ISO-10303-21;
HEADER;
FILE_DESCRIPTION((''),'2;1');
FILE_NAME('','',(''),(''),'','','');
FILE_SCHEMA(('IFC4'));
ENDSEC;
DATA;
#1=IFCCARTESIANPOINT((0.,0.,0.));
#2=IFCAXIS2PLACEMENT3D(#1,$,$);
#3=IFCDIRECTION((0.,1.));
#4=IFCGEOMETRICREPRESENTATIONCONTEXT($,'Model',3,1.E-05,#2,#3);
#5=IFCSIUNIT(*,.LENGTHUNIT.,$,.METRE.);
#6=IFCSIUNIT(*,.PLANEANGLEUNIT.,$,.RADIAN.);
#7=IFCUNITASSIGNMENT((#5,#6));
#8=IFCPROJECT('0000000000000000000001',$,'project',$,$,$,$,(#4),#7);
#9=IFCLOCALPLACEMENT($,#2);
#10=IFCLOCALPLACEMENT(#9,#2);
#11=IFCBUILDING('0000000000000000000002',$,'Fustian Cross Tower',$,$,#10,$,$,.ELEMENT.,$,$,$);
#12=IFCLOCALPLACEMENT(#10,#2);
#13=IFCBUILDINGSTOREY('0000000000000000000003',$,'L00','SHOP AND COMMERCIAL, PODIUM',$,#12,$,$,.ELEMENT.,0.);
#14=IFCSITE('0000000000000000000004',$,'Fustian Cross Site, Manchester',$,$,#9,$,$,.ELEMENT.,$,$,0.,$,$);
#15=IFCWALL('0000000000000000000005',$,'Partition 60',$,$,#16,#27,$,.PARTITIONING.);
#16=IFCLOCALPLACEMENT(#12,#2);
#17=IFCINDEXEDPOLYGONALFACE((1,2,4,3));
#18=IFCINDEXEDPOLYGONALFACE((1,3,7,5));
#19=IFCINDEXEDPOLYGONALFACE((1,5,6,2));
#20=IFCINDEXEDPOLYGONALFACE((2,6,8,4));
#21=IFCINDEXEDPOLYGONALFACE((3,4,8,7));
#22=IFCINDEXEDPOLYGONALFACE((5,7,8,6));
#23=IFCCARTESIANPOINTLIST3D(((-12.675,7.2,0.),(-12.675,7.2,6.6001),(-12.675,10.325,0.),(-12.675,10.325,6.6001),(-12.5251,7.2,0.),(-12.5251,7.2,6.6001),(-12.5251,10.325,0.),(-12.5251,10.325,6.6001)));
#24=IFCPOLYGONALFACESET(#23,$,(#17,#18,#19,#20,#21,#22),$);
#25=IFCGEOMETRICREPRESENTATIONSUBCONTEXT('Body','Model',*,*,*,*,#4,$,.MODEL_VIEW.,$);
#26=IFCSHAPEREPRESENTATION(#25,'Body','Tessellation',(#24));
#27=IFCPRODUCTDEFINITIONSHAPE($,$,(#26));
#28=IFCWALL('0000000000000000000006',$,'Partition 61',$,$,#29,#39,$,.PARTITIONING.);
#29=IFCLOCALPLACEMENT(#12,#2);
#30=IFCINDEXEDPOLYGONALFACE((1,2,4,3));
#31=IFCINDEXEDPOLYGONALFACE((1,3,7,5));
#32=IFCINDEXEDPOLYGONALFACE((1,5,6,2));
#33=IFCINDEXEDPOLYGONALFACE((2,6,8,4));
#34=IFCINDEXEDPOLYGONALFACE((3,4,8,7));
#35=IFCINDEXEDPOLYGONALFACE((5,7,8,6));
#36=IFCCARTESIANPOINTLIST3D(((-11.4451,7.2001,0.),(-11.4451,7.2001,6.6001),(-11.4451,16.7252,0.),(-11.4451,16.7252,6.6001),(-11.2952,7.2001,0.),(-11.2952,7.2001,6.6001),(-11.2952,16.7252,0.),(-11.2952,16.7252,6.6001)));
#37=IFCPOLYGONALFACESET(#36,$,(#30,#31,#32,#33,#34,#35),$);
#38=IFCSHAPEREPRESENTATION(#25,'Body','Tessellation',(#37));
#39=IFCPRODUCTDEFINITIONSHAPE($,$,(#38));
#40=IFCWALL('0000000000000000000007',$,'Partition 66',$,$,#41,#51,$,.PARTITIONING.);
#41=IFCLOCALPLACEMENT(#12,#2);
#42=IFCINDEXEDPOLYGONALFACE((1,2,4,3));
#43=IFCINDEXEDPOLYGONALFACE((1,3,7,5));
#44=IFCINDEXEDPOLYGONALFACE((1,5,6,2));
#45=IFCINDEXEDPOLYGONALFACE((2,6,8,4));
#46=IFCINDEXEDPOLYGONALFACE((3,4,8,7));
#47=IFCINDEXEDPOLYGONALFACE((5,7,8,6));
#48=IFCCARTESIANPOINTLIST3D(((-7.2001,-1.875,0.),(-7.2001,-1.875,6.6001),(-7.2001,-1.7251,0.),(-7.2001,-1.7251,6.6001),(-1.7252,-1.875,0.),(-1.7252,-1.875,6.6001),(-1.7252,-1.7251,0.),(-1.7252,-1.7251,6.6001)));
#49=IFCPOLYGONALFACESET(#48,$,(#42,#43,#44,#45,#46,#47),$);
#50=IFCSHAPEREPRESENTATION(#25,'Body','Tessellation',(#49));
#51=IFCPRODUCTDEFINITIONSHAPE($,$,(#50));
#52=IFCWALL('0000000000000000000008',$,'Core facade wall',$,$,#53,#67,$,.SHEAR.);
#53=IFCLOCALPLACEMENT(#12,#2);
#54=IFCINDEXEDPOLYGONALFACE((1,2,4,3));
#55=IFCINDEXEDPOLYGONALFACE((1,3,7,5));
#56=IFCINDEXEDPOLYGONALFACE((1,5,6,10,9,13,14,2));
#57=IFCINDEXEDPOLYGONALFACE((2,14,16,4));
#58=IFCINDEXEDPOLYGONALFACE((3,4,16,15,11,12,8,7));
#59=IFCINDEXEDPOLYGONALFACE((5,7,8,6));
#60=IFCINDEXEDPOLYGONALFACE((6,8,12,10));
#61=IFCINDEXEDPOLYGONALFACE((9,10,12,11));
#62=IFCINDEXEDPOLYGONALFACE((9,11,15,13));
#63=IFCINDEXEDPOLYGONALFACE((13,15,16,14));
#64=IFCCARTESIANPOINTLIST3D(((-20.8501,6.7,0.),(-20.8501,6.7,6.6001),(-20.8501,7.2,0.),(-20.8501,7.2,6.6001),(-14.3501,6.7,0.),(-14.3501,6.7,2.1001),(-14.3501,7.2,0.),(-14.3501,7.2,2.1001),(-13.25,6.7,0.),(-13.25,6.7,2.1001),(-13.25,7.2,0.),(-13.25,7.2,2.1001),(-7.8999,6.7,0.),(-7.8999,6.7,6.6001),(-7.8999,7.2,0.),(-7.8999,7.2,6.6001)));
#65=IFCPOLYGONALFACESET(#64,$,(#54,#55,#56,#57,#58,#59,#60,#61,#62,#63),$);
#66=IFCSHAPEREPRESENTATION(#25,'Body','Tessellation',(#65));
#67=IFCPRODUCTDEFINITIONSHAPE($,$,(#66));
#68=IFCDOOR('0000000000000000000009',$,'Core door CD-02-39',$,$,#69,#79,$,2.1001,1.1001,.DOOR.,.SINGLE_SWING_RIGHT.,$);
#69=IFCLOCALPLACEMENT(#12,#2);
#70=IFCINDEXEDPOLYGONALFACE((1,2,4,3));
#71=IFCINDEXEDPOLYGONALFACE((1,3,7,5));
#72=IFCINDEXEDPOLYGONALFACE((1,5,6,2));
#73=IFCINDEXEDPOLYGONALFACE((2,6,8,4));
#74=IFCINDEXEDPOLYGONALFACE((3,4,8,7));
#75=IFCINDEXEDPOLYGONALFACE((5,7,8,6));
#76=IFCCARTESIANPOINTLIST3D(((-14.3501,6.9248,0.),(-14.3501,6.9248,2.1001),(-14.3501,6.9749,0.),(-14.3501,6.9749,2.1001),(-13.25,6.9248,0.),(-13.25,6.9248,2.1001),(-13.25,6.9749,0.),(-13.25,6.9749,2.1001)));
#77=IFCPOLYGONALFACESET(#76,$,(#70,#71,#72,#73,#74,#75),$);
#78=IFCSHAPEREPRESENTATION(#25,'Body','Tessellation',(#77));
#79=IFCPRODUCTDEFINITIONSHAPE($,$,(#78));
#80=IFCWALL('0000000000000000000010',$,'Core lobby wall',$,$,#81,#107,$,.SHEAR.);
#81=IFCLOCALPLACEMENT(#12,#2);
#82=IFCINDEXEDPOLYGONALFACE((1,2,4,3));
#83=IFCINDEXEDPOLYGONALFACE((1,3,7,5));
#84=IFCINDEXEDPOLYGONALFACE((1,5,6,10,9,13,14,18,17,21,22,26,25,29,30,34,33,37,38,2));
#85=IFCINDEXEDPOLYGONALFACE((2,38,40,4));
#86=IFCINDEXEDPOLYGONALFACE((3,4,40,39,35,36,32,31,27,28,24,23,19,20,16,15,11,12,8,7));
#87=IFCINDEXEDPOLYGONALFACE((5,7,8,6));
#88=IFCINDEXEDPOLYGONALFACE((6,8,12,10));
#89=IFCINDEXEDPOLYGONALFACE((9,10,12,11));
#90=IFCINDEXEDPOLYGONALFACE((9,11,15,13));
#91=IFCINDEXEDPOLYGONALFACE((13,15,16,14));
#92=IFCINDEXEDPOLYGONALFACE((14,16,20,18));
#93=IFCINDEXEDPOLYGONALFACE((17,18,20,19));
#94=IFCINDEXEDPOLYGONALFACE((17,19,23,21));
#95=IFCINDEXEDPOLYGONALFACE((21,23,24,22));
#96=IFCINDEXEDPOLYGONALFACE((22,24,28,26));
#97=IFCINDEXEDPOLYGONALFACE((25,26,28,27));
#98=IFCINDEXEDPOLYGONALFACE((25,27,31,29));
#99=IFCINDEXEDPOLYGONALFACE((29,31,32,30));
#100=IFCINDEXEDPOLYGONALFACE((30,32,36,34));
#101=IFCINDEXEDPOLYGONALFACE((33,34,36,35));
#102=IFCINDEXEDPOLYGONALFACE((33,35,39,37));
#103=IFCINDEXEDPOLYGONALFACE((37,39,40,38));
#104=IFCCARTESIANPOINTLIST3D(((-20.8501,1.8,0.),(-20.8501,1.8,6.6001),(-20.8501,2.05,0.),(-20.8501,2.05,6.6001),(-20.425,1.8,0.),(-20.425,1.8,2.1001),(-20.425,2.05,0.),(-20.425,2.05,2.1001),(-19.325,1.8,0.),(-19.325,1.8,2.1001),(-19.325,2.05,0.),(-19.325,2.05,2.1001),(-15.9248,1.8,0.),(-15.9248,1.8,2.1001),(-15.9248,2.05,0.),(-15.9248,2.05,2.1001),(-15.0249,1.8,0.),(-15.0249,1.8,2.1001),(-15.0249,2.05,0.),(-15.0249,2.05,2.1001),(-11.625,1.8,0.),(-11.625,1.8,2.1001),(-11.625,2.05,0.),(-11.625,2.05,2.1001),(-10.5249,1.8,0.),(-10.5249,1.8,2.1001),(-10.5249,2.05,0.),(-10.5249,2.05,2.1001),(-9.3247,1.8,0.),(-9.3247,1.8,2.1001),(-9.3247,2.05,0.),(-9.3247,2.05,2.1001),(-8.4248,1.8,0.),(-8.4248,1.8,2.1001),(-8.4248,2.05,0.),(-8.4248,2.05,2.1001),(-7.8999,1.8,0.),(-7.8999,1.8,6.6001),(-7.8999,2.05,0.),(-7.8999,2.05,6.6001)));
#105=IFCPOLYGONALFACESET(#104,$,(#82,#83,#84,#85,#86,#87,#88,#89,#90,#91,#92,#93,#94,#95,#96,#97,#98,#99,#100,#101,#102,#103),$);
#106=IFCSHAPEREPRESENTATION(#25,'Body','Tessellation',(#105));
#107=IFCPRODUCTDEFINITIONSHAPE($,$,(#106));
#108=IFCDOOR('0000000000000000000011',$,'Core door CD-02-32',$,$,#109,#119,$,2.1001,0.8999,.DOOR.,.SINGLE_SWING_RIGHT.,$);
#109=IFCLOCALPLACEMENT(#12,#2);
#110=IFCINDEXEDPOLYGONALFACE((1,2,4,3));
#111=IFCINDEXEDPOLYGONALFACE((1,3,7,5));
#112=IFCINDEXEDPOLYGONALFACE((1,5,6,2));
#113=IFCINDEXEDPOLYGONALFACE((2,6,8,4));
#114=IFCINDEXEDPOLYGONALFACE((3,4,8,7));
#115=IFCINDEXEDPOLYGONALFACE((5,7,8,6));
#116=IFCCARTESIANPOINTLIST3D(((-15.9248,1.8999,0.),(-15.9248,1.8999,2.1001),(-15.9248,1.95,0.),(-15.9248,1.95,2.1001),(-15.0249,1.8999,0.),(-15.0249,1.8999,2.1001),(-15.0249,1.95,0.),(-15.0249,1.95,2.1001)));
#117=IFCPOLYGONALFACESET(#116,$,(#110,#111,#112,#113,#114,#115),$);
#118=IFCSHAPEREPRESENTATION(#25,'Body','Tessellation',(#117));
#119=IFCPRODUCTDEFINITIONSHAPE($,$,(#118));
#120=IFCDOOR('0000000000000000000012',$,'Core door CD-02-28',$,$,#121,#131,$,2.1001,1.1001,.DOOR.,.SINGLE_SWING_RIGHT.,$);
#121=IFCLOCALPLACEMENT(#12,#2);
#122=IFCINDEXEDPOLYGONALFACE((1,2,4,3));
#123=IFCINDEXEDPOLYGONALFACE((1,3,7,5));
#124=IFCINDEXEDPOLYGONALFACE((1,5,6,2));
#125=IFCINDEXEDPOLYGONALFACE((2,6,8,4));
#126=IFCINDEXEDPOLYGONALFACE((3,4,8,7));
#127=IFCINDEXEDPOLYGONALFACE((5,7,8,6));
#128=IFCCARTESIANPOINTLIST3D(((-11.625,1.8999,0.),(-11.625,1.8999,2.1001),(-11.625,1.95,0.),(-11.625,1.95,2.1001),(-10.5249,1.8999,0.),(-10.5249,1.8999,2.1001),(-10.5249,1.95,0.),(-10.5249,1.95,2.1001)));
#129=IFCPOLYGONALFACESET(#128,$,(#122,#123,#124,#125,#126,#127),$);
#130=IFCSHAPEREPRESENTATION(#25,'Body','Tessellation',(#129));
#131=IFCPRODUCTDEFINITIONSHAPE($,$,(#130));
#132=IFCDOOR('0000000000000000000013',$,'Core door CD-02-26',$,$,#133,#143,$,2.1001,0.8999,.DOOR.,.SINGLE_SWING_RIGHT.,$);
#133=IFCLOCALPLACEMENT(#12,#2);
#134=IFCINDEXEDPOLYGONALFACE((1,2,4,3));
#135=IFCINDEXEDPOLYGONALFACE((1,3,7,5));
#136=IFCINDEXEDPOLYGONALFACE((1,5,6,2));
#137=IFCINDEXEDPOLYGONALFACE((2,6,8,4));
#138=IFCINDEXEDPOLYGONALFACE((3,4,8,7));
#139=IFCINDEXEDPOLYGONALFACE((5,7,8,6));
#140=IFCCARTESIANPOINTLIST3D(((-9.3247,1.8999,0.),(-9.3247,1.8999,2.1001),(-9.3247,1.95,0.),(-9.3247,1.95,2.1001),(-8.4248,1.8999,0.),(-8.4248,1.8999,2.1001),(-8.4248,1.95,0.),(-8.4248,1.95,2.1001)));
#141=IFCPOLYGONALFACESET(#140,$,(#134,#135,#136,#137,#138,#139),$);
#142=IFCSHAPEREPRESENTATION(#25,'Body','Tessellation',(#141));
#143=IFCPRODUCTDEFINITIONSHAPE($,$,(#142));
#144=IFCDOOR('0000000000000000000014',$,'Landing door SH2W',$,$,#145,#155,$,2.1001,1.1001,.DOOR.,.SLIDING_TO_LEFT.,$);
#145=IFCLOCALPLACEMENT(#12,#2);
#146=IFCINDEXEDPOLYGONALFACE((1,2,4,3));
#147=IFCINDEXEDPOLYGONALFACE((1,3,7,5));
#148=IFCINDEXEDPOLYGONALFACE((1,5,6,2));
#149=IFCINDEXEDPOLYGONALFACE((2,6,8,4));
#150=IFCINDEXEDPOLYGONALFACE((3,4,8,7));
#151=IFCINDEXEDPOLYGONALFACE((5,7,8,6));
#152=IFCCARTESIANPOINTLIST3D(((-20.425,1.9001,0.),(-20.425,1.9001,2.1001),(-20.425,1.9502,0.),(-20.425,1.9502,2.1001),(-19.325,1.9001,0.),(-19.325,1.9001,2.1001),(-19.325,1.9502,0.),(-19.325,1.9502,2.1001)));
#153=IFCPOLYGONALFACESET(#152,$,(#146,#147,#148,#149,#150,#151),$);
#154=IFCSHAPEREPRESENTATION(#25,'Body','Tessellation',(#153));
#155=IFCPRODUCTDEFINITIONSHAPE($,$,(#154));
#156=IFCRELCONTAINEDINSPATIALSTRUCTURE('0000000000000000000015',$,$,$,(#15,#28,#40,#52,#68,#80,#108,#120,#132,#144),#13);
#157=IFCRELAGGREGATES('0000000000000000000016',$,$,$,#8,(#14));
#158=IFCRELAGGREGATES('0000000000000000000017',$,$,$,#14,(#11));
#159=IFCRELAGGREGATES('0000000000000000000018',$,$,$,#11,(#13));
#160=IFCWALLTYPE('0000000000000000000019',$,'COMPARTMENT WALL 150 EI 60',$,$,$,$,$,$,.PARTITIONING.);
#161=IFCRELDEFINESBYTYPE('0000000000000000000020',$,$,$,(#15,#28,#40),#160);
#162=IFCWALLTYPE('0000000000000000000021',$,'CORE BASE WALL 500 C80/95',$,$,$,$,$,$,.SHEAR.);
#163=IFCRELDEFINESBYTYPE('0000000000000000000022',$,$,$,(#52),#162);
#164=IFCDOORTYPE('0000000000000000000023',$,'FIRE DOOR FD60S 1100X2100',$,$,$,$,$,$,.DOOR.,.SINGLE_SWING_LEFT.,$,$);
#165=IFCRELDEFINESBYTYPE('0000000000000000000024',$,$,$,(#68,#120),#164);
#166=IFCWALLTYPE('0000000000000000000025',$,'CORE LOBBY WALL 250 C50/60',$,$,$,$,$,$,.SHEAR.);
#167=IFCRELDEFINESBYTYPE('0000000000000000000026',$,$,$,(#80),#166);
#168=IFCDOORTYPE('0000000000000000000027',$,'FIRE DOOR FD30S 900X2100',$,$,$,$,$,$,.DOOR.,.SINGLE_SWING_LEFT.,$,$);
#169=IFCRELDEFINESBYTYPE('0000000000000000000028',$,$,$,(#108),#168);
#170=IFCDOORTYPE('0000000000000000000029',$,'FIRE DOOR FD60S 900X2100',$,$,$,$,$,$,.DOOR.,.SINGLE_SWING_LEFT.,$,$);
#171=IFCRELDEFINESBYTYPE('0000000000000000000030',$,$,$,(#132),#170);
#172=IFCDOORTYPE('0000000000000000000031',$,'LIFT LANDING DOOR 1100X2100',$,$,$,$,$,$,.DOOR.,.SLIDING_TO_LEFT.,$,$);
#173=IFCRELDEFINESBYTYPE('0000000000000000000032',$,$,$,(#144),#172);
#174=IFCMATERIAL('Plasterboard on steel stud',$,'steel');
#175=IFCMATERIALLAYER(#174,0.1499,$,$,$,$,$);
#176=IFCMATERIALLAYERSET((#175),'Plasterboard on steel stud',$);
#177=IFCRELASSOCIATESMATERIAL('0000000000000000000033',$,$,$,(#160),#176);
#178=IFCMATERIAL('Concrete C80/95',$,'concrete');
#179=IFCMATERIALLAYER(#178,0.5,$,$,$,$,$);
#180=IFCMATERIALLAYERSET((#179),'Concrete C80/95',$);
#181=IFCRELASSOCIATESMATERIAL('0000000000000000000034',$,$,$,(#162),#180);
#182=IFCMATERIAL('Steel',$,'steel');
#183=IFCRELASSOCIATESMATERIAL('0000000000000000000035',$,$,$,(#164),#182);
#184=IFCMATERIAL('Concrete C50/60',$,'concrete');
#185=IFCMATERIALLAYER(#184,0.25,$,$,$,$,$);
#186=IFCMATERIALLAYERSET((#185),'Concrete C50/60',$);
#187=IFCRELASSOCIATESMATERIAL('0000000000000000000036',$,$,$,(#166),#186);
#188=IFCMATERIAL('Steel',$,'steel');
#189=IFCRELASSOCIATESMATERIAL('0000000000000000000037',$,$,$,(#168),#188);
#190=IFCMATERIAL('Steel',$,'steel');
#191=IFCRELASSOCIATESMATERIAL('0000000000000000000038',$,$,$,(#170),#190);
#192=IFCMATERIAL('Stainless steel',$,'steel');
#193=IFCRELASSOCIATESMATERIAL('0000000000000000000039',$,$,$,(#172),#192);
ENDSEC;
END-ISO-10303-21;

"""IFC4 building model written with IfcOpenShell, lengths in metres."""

from ifc_helpers import new_model, si_unit, direction, frame, frame_2d, origin, place, context, subcontext, project, spatial, rectangle, extrude, material, layer, layer_set, type_object, element, fill, save


model = new_model("IFC4")

# Units and contexts
model_context = context("Model", 3, precision=1e-05, world=origin(), true_north=direction((0.0, 1.0)))
body_context = subcontext(model_context, "Body", "Model", "MODEL_VIEW")
ifc_project = project(units=[si_unit("LENGTHUNIT", "METRE"), si_unit("PLANEANGLEUNIT", "RADIAN")], contexts=[model_context])

# Site, building, storey
site_placement = place(None, origin())
site = spatial("IfcSite", under=ifc_project, at=site_placement, Name="Fustian Cross Site, Manchester", CompositionType="ELEMENT", RefElevation=0.0)
building_placement = place(site_placement, origin())
building = spatial("IfcBuilding", under=site, at=building_placement, Name="Fustian Cross Tower", CompositionType="ELEMENT")
storey_placement = place(building_placement, origin())
storey = spatial("IfcBuildingStorey", under=building, at=storey_placement, Name="L00", Description="SHOP AND COMMERCIAL, PODIUM", CompositionType="ELEMENT", Elevation=0.0)

# Walls
ifc_material_1 = material(Name="Plasterboard on steel stud", Category="steel")
ifc_layer_1 = layer(ifc_material_1, 0.1499)
ifc_layer_set_1 = layer_set([ifc_layer_1], Name="Plasterboard on steel stud")
wall_type_1 = type_object("IfcWallType", Name="COMPARTMENT WALL 150 EI 60", PredefinedType="PARTITIONING", material=ifc_layer_set_1)
wall_1_placement = place(storey_placement, frame((-12.6001, 7.2, 0.0), z_axis=(0.0, 0.0, 1.0), x_axis=(0.0, 1.0, 0.0)))
element("IfcWall", 1, at=wall_1_placement, inside=storey, type_object=wall_type_1, Name="Partition 60", PredefinedType="PARTITIONING", context=body_context, shape_type="SweptSolid", body=[
    extrude(rectangle(XDim=3.125, YDim=0.1499, at=frame_2d((1.5625, 0.0))), origin(), (0.0, 0.0, 1.0), 6.6001),
])
wall_2_placement = place(storey_placement, frame((-11.3701, 7.2, 0.0), z_axis=(0.0, 0.0, 1.0), x_axis=(0.0, 1.0, 0.0)))
element("IfcWall", 2, at=wall_2_placement, inside=storey, type_object=wall_type_1, Name="Partition 61", PredefinedType="PARTITIONING", context=body_context, shape_type="SweptSolid", body=[
    extrude(rectangle(XDim=9.5251, YDim=0.1499, at=frame_2d((4.7627, 0.0))), origin(), (0.0, 0.0, 1.0), 6.6001),
])
wall_3_placement = place(storey_placement, frame((-7.2, -1.8, 0.0), z_axis=(0.0, 0.0, 1.0), x_axis=(1.0, 0.0, 0.0)))
element("IfcWall", 3, at=wall_3_placement, inside=storey, type_object=wall_type_1, Name="Partition 66", PredefinedType="PARTITIONING", context=body_context, shape_type="SweptSolid", body=[
    extrude(rectangle(XDim=5.4749, YDim=0.1499, at=frame_2d((2.7373, 0.0))), origin(), (0.0, 0.0, 1.0), 6.6001),
])

# Wall, opening, door
ifc_material_2 = material(Name="Concrete C80/95", Category="concrete")
ifc_layer_2 = layer(ifc_material_2, 0.5)
ifc_layer_set_2 = layer_set([ifc_layer_2], Name="Concrete C80/95")
wall_type_2 = type_object("IfcWallType", Name="CORE BASE WALL 500 C80/95", PredefinedType="SHEAR", material=ifc_layer_set_2)
wall_4_placement = place(storey_placement, frame((-7.8999, 6.95, 0.0), z_axis=(0.0, 0.0, 1.0), x_axis=(-1.0, 0.0, 0.0)))
wall_4 = element("IfcWall", 4, at=wall_4_placement, inside=storey, type_object=wall_type_2, Name="Core facade wall", PredefinedType="SHEAR", context=body_context, shape_type="SweptSolid", body=[
    extrude(rectangle(XDim=12.9502, YDim=0.5, at=frame_2d((6.4751, 0.0))), origin(), (0.0, 0.0, 1.0), 6.6001),
])
opening_1_placement = place(wall_4_placement, frame((5.3501, 0.0, 0.0)))
opening_1 = element("IfcOpeningElement", 5, at=opening_1_placement, cuts=wall_4, PredefinedType="OPENING", context=body_context, shape_type="SweptSolid", body=[
    extrude(rectangle(XDim=1.1001, YDim=2.1001, at=frame_2d((0.55, 1.05))), frame((0.0, 0.26, 0.0), z_axis=(0.0, -1.0, 0.0), x_axis=(1.0, 0.0, 0.0)), (0.0, 0.0, 1.0), 0.52),
])
ifc_material_3 = material(Name="Steel", Category="steel")
door_type_1 = type_object("IfcDoorType", Name="FIRE DOOR FD60S 1100X2100", OperationType="SINGLE_SWING_LEFT", PredefinedType="DOOR", material=ifc_material_3)
door_1_placement = place(opening_1_placement, frame((1.1001, 0.0, 0.0), z_axis=(0.0, 0.0, 1.0), x_axis=(-1.0, 0.0, 0.0)))
door_1 = element("IfcDoor", 6, at=door_1_placement, inside=storey, type_object=door_type_1, Name="Core door CD-02-39", OperationType="SINGLE_SWING_RIGHT", OverallHeight=2.1001, OverallWidth=1.1001, PredefinedType="DOOR", context=body_context, shape_type="SweptSolid", body=[
    extrude(rectangle(XDim=1.1001, YDim=2.1001, at=frame_2d((0.55, 1.05))), frame((0.0, 0.0249, 0.0), z_axis=(0.0, -1.0, 0.0), x_axis=(1.0, 0.0, 0.0)), (0.0, 0.0, 1.0), 0.05),
])
fill(opening_1, door_1)

# Wall, openings, doors
ifc_material_4 = material(Name="Concrete C50/60", Category="concrete")
ifc_layer_3 = layer(ifc_material_4, 0.25)
ifc_layer_set_3 = layer_set([ifc_layer_3], Name="Concrete C50/60")
wall_type_3 = type_object("IfcWallType", Name="CORE LOBBY WALL 250 C50/60", PredefinedType="SHEAR", material=ifc_layer_set_3)
wall_5_placement = place(storey_placement, frame((-7.8999, 1.925, 0.0), z_axis=(0.0, 0.0, 1.0), x_axis=(-1.0, 0.0, 0.0)))
wall_5 = element("IfcWall", 7, at=wall_5_placement, inside=storey, type_object=wall_type_3, Name="Core lobby wall", PredefinedType="SHEAR", context=body_context, shape_type="SweptSolid", body=[
    extrude(rectangle(XDim=12.9502, YDim=0.25, at=frame_2d((6.4751, 0.0))), origin(), (0.0, 0.0, 1.0), 6.6001),
])
opening_2_placement = place(wall_5_placement, frame((11.425, 0.0, 0.0)))
opening_2 = element("IfcOpeningElement", 8, at=opening_2_placement, cuts=wall_5, PredefinedType="OPENING", context=body_context, shape_type="SweptSolid", body=[
    extrude(rectangle(XDim=1.1001, YDim=2.1001, at=frame_2d((0.55, 1.05))), frame((0.0, 0.135, 0.0), z_axis=(0.0, -1.0, 0.0), x_axis=(1.0, 0.0, 0.0)), (0.0, 0.0, 1.0), 0.27),
])
opening_3_placement = place(wall_5_placement, frame((0.5249, 0.0, 0.0)))
opening_3 = element("IfcOpeningElement", 9, at=opening_3_placement, cuts=wall_5, PredefinedType="OPENING", context=body_context, shape_type="SweptSolid", body=[
    extrude(rectangle(XDim=0.8999, YDim=2.1001, at=frame_2d((0.45, 1.05))), frame((0.0, 0.135, 0.0), z_axis=(0.0, -1.0, 0.0), x_axis=(1.0, 0.0, 0.0)), (0.0, 0.0, 1.0), 0.27),
])
opening_4_placement = place(wall_5_placement, frame((2.625, 0.0, 0.0)))
opening_4 = element("IfcOpeningElement", 10, at=opening_4_placement, cuts=wall_5, PredefinedType="OPENING", context=body_context, shape_type="SweptSolid", body=[
    extrude(rectangle(XDim=1.1001, YDim=2.1001, at=frame_2d((0.55, 1.05))), frame((0.0, 0.135, 0.0), z_axis=(0.0, -1.0, 0.0), x_axis=(1.0, 0.0, 0.0)), (0.0, 0.0, 1.0), 0.27),
])
opening_5_placement = place(wall_5_placement, frame((7.125, 0.0, 0.0)))
opening_5 = element("IfcOpeningElement", 11, at=opening_5_placement, cuts=wall_5, PredefinedType="OPENING", context=body_context, shape_type="SweptSolid", body=[
    extrude(rectangle(XDim=0.8999, YDim=2.1001, at=frame_2d((0.45, 1.05))), frame((0.0, 0.135, 0.0), z_axis=(0.0, -1.0, 0.0), x_axis=(1.0, 0.0, 0.0)), (0.0, 0.0, 1.0), 0.27),
])
ifc_material_5 = material(Name="Steel", Category="steel")
door_type_2 = type_object("IfcDoorType", Name="FIRE DOOR FD30S 900X2100", OperationType="SINGLE_SWING_LEFT", PredefinedType="DOOR", material=ifc_material_5)
door_2_placement = place(opening_5_placement, frame((0.8999, 0.0, 0.0), z_axis=(0.0, 0.0, 1.0), x_axis=(-1.0, 0.0, 0.0)))
door_2 = element("IfcDoor", 12, at=door_2_placement, inside=storey, type_object=door_type_2, Name="Core door CD-02-32", OperationType="SINGLE_SWING_RIGHT", OverallHeight=2.1001, OverallWidth=0.8999, PredefinedType="DOOR", context=body_context, shape_type="SweptSolid", body=[
    extrude(rectangle(XDim=0.8999, YDim=2.1001, at=frame_2d((0.45, 1.05))), frame((0.0, 0.0249, 0.0), z_axis=(0.0, -1.0, 0.0), x_axis=(1.0, 0.0, 0.0)), (0.0, 0.0, 1.0), 0.05),
])
fill(opening_5, door_2)
door_3_placement = place(opening_4_placement, frame((1.1001, 0.0, 0.0), z_axis=(0.0, 0.0, 1.0), x_axis=(-1.0, 0.0, 0.0)))
door_3 = element("IfcDoor", 13, at=door_3_placement, inside=storey, type_object=door_type_1, Name="Core door CD-02-28", OperationType="SINGLE_SWING_RIGHT", OverallHeight=2.1001, OverallWidth=1.1001, PredefinedType="DOOR", context=body_context, shape_type="SweptSolid", body=[
    extrude(rectangle(XDim=1.1001, YDim=2.1001, at=frame_2d((0.55, 1.05))), frame((0.0, 0.0249, 0.0), z_axis=(0.0, -1.0, 0.0), x_axis=(1.0, 0.0, 0.0)), (0.0, 0.0, 1.0), 0.05),
])
fill(opening_4, door_3)
ifc_material_6 = material(Name="Steel", Category="steel")
door_type_3 = type_object("IfcDoorType", Name="FIRE DOOR FD60S 900X2100", OperationType="SINGLE_SWING_LEFT", PredefinedType="DOOR", material=ifc_material_6)
door_4_placement = place(opening_3_placement, frame((0.8999, 0.0, 0.0), z_axis=(0.0, 0.0, 1.0), x_axis=(-1.0, 0.0, 0.0)))
door_4 = element("IfcDoor", 14, at=door_4_placement, inside=storey, type_object=door_type_3, Name="Core door CD-02-26", OperationType="SINGLE_SWING_RIGHT", OverallHeight=2.1001, OverallWidth=0.8999, PredefinedType="DOOR", context=body_context, shape_type="SweptSolid", body=[
    extrude(rectangle(XDim=0.8999, YDim=2.1001, at=frame_2d((0.45, 1.05))), frame((0.0, 0.0249, 0.0), z_axis=(0.0, -1.0, 0.0), x_axis=(1.0, 0.0, 0.0)), (0.0, 0.0, 1.0), 0.05),
])
fill(opening_3, door_4)
ifc_material_7 = material(Name="Stainless steel", Category="steel")
door_type_4 = type_object("IfcDoorType", Name="LIFT LANDING DOOR 1100X2100", OperationType="SLIDING_TO_LEFT", PredefinedType="DOOR", material=ifc_material_7)
door_5_placement = place(opening_2_placement, origin())
door_5 = element("IfcDoor", 15, at=door_5_placement, inside=storey, type_object=door_type_4, Name="Landing door SH2W", OperationType="SLIDING_TO_LEFT", OverallHeight=2.1001, OverallWidth=1.1001, PredefinedType="DOOR", context=body_context, shape_type="SweptSolid", body=[
    extrude(rectangle(XDim=1.1001, YDim=2.1001, at=frame_2d((0.55, 1.05))), frame((0.0, 0.0249, 0.0), z_axis=(0.0, -1.0, 0.0), x_axis=(1.0, 0.0, 0.0)), (0.0, 0.0, 1.0), 0.05),
])
fill(opening_2, door_5)

save(model, "model.ifc")
